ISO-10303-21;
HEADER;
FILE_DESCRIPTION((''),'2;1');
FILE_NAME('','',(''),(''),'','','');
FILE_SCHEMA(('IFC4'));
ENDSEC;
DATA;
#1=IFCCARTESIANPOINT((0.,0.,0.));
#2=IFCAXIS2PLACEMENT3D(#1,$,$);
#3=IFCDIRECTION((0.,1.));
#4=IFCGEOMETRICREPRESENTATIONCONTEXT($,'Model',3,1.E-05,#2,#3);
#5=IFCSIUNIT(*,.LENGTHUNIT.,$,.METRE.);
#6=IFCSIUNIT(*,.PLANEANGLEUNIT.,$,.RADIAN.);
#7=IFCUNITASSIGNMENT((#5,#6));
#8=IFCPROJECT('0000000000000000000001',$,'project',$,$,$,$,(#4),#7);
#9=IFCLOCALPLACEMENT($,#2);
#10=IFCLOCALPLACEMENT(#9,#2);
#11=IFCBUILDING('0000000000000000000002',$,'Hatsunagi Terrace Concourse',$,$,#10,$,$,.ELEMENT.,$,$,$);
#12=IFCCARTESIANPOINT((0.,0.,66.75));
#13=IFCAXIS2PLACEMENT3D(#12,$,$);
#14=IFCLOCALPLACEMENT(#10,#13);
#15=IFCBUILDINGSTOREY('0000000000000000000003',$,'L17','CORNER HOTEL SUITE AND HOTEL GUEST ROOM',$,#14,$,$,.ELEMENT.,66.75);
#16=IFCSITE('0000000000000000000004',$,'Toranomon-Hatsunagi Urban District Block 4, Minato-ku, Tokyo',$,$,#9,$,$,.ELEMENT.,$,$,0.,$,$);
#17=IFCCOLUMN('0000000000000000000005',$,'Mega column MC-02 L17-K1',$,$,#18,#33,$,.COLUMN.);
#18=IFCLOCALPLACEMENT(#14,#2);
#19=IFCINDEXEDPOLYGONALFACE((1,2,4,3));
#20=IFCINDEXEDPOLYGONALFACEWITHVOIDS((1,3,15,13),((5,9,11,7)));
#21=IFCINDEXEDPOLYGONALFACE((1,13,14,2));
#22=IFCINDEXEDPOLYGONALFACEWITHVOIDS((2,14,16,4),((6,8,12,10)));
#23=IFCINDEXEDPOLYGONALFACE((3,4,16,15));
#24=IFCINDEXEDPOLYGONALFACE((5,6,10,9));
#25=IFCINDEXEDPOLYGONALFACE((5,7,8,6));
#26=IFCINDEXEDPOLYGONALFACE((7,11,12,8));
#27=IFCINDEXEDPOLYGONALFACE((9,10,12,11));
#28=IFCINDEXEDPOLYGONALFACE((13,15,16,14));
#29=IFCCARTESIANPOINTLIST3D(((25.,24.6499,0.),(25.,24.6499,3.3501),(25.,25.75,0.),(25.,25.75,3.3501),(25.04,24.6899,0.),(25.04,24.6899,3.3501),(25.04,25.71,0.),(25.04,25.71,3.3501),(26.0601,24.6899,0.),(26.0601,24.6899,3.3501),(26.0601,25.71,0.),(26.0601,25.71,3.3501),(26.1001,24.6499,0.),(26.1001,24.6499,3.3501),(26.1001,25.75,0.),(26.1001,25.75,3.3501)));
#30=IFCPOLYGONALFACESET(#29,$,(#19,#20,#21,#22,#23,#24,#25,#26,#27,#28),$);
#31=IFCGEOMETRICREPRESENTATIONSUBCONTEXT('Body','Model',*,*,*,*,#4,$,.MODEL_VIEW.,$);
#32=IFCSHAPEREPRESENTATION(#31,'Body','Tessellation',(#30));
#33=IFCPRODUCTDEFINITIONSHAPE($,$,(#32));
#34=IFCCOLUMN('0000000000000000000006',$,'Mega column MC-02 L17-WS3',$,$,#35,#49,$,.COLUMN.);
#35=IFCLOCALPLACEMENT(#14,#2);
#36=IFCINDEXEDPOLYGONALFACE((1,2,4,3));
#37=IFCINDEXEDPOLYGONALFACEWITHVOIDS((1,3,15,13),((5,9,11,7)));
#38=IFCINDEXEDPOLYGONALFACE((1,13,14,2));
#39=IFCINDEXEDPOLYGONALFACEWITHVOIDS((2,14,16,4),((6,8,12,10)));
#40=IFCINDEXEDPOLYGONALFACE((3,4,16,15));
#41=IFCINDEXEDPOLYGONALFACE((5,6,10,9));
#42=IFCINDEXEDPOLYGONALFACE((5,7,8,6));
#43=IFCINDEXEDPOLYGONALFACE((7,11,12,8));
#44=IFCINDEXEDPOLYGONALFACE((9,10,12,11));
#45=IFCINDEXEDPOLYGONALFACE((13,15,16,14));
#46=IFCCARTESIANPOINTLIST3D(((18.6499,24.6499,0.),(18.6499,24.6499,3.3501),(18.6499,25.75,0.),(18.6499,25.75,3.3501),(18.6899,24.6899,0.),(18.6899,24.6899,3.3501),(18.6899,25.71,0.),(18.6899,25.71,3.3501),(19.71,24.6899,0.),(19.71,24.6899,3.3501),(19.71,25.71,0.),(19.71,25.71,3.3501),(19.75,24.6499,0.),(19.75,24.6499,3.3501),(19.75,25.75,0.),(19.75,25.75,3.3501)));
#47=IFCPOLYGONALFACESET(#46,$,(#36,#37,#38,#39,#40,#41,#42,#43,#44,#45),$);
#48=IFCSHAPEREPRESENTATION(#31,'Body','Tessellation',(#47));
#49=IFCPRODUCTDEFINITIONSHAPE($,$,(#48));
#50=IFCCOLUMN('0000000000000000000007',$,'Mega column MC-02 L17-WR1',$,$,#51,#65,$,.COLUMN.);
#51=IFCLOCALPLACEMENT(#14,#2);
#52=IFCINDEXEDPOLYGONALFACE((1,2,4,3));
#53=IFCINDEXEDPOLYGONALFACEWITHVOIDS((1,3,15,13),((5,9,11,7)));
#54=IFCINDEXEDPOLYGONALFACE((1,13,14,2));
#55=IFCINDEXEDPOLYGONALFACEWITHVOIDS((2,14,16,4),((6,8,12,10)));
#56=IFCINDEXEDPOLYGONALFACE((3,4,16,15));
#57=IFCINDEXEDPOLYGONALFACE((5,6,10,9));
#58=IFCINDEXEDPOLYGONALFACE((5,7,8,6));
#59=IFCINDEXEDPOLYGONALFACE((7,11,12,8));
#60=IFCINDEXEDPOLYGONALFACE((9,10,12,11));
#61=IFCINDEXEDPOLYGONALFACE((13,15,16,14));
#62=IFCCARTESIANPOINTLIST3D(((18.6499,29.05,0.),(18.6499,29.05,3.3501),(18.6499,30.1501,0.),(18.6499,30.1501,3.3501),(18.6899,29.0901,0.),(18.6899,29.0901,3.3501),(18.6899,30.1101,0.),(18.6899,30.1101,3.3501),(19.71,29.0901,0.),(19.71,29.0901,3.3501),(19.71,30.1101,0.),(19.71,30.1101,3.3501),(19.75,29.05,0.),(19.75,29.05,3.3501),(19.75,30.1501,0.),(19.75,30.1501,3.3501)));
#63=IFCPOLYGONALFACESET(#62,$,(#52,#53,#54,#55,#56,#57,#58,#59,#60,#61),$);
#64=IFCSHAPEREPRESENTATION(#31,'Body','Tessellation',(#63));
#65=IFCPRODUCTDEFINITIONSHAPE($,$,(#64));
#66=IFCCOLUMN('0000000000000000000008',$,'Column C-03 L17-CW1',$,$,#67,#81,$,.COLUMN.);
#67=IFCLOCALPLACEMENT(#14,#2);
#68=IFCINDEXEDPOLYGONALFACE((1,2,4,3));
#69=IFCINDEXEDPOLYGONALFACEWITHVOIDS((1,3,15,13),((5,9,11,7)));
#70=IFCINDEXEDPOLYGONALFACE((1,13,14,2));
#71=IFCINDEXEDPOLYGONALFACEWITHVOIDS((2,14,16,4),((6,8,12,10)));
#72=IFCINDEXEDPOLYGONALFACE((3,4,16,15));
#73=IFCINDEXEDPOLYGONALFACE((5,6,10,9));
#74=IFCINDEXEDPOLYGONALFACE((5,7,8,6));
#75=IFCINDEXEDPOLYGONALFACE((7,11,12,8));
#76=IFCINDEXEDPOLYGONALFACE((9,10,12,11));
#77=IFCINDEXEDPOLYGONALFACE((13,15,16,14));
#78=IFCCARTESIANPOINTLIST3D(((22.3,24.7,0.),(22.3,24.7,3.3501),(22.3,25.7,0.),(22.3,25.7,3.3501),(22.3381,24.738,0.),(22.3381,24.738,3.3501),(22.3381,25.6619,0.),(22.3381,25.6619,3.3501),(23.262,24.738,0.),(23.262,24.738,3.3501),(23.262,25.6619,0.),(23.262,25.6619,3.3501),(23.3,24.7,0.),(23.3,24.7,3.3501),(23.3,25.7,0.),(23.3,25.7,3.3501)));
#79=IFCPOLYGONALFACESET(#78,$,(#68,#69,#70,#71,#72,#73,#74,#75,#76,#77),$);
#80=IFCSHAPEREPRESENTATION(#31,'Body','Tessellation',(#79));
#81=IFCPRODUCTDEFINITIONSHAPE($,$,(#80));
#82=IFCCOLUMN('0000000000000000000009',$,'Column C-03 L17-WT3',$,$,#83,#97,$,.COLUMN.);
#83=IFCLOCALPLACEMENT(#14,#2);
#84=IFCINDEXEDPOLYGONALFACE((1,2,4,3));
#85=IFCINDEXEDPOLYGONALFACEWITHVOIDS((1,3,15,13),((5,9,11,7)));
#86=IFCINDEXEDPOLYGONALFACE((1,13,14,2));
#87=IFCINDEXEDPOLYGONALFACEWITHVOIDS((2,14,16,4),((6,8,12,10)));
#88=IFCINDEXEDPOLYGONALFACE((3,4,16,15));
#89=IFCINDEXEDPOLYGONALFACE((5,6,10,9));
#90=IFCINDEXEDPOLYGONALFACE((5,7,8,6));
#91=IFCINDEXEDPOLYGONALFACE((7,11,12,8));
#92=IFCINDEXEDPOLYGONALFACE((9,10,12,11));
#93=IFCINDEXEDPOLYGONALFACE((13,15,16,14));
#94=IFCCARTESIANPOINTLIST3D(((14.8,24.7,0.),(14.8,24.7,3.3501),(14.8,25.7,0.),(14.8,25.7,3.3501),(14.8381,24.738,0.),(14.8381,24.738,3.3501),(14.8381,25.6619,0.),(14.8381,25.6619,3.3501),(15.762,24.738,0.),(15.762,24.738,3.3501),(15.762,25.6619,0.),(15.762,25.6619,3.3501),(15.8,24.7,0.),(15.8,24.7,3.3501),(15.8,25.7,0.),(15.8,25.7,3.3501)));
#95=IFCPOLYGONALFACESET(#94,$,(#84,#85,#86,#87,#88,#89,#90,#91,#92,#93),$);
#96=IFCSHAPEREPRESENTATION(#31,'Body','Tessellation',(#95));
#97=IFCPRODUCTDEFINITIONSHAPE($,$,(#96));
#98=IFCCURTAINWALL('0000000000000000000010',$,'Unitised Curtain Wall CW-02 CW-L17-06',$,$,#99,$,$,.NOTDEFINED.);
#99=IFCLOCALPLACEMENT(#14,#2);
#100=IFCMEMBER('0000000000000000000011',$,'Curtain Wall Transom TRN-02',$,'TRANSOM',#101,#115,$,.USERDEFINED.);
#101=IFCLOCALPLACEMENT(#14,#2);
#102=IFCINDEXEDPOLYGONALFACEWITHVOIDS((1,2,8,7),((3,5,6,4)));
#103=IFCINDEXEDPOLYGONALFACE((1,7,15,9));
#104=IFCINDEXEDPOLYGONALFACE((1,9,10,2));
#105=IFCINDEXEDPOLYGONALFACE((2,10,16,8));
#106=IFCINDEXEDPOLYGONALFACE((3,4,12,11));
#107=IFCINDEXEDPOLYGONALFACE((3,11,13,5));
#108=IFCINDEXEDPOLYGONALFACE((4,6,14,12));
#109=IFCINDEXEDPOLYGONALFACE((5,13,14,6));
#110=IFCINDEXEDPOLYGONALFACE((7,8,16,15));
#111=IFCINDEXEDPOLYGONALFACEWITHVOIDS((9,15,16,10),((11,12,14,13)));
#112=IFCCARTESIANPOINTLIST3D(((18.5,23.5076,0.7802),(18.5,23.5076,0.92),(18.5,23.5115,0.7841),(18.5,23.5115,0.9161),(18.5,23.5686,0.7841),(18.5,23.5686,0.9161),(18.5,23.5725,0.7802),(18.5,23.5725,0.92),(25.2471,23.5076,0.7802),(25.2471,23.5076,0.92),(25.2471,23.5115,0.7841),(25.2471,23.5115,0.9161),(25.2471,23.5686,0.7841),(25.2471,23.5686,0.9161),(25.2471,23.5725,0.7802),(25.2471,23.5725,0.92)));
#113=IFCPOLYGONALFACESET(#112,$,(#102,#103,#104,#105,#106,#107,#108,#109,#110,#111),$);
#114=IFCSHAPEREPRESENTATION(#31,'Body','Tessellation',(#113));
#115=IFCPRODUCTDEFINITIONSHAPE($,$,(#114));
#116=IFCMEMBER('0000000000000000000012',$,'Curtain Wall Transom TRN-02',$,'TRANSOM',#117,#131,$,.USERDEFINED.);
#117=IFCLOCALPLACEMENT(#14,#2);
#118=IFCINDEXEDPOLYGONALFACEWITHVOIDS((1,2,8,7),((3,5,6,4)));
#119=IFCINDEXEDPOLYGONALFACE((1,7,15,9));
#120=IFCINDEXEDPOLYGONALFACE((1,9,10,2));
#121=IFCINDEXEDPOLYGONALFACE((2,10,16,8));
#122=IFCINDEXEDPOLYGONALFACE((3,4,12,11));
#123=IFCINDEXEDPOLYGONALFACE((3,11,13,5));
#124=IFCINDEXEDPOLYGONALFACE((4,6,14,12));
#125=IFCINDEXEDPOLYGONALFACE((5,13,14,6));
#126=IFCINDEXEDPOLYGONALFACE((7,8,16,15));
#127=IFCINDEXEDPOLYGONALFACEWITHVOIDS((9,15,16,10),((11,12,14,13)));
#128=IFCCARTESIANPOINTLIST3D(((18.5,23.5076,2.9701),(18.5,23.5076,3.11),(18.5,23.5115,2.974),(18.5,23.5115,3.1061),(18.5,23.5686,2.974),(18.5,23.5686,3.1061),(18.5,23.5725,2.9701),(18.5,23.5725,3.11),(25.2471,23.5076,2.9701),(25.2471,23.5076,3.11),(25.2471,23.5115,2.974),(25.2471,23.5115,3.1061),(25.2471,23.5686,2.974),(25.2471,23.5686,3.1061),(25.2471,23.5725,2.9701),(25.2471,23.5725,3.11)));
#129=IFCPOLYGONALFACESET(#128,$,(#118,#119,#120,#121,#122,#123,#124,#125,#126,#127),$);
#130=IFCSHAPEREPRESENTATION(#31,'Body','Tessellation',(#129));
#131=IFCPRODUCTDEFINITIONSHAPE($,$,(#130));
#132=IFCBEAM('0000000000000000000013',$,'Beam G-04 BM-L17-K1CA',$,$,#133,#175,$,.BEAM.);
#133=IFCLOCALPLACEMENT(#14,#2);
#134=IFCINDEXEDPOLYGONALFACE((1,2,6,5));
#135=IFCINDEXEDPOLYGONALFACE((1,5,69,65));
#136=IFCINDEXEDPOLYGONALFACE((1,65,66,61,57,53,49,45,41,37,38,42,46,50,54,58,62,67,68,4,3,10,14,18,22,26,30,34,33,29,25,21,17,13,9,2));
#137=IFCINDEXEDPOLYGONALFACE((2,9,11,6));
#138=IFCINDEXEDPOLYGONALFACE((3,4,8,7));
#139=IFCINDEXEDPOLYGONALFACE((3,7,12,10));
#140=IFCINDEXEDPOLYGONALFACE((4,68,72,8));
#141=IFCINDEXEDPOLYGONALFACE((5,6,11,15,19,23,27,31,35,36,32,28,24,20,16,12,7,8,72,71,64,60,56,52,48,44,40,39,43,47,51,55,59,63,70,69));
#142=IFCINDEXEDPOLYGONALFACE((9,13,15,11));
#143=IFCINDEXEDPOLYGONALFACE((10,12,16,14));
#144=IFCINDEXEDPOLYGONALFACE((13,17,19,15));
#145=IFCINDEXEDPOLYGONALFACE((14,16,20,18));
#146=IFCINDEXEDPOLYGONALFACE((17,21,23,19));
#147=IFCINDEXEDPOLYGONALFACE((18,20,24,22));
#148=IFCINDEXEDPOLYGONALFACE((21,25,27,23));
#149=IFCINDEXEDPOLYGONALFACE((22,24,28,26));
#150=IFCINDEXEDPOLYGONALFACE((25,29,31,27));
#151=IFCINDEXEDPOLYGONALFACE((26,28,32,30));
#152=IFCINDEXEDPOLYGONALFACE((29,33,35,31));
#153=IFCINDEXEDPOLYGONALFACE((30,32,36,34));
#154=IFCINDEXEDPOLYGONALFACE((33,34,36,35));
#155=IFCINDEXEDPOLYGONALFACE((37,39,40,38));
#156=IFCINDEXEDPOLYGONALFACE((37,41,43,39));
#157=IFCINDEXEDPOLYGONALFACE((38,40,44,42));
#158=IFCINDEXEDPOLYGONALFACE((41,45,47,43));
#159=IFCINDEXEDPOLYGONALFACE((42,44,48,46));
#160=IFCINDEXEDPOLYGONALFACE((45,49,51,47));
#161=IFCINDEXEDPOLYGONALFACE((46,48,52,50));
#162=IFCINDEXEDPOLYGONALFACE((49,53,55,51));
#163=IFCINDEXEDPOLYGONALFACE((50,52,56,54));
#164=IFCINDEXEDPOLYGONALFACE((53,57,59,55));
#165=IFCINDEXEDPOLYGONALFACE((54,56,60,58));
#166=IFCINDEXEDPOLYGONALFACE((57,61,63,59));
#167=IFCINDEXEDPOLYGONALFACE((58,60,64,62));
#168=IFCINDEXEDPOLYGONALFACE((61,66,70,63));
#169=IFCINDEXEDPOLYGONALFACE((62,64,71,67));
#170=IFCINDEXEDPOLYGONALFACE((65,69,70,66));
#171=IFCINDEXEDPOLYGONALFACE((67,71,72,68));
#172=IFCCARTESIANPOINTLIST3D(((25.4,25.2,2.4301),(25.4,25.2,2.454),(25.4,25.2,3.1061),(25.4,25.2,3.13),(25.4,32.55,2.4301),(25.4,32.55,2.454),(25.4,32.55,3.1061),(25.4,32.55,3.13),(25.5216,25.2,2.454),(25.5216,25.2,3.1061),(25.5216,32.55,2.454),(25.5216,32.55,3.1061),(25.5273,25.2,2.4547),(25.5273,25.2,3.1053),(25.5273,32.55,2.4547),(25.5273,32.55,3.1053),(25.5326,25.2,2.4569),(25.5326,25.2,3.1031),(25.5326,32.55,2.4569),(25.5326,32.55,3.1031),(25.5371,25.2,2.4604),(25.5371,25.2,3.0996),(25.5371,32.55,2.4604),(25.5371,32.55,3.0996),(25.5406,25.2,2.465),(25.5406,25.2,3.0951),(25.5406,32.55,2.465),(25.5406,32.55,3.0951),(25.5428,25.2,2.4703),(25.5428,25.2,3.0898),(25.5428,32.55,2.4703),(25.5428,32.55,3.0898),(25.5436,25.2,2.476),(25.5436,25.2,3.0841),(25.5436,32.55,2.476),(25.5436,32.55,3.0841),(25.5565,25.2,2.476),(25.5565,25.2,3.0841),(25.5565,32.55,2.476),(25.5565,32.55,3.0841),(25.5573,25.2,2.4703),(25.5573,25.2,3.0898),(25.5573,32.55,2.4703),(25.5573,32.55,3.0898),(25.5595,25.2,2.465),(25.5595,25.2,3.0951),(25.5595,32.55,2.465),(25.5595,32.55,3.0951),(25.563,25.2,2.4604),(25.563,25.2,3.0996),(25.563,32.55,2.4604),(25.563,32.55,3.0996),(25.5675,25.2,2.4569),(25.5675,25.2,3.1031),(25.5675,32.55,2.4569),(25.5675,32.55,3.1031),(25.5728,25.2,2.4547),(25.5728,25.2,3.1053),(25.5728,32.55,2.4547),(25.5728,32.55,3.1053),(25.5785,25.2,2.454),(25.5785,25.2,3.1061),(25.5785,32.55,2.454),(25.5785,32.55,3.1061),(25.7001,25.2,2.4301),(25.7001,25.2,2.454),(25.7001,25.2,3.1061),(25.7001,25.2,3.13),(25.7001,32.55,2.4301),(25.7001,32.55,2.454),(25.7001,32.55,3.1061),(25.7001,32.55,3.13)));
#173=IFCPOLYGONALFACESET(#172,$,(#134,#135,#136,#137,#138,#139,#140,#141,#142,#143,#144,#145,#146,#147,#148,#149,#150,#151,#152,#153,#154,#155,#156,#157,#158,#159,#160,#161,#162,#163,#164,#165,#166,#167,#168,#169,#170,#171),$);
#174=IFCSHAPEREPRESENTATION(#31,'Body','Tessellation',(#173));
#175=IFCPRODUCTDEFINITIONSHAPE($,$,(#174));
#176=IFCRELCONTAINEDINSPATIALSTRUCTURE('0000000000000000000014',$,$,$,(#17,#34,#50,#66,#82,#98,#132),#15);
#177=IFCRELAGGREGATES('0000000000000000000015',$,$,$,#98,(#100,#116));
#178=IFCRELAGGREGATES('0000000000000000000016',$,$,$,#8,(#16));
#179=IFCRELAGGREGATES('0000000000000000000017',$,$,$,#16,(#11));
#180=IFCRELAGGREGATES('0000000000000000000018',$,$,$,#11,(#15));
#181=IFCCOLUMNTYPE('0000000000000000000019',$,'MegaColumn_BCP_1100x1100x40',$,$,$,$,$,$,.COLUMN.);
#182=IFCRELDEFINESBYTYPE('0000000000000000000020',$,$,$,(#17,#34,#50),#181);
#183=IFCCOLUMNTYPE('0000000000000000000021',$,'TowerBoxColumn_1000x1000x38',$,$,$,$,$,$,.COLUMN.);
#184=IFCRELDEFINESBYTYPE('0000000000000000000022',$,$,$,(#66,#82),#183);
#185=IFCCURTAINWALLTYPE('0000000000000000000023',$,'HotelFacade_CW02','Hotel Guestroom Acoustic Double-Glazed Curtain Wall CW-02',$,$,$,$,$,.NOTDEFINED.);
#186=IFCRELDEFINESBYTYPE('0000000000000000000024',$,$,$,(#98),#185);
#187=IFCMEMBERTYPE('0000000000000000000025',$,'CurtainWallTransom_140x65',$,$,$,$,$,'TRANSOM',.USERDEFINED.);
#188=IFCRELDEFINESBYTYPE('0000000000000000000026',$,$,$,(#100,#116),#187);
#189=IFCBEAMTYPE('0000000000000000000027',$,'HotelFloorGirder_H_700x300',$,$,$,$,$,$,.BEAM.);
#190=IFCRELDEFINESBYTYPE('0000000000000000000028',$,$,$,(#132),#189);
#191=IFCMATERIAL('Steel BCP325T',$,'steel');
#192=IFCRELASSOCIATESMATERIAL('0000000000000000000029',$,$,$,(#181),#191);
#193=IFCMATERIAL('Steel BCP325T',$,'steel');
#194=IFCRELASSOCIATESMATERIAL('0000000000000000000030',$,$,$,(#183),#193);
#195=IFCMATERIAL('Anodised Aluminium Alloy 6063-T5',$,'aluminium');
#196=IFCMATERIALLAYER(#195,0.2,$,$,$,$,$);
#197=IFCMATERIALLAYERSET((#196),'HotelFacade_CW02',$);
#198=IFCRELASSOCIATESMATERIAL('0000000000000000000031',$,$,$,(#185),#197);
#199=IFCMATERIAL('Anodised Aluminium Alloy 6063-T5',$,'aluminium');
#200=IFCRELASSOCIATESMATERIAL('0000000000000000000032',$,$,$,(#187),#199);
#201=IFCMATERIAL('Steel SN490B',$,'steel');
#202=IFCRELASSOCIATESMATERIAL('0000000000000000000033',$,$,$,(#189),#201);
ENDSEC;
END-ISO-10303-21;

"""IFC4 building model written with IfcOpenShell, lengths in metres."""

from ifc_helpers import new_model, si_unit, direction, frame, origin, origin_2d, place, context, subcontext, project, spatial, hollow_rectangle, i_section, extrude, material, layer, layer_set, material_profile, profile_set, type_object, element, aggregate, save


model = new_model("IFC4")

# Units and contexts
model_context = context("Model", 3, precision=1e-05, world=origin(), true_north=direction((0.0, 1.0)))
body_context = subcontext(model_context, "Body", "Model", "MODEL_VIEW")
ifc_project = project(units=[si_unit("LENGTHUNIT", "METRE"), si_unit("PLANEANGLEUNIT", "RADIAN")], contexts=[model_context])

# Site, building, storey
site_placement = place(None, origin())
site = spatial("IfcSite", under=ifc_project, at=site_placement, Name="Toranomon-Hatsunagi Urban District Block 4, Minato-ku, Tokyo", CompositionType="ELEMENT", RefElevation=0.0)
building_placement = place(site_placement, origin())
building = spatial("IfcBuilding", under=site, at=building_placement, Name="Hatsunagi Terrace Concourse", CompositionType="ELEMENT")
storey_placement = place(building_placement, frame((0.0, 0.0, 66.75)))
storey = spatial("IfcBuildingStorey", under=building, at=storey_placement, Name="L17", Description="CORNER HOTEL SUITE AND HOTEL GUEST ROOM", CompositionType="ELEMENT", Elevation=66.75)

# Columns
ifc_material_1 = material(Name="Steel BCP325T", Category="steel")
ifc_material_profile_1 = material_profile(ifc_material_1, hollow_rectangle(XDim=1.1001, YDim=1.1001, WallThickness=0.04, at=origin_2d()), Name="BCP-1100x1100x40")
ifc_profile_set_1 = profile_set([ifc_material_profile_1], Name="Steel BCP325T")
column_type_1 = type_object("IfcColumnType", Name="MegaColumn_BCP_1100x1100x40", PredefinedType="COLUMN", material=ifc_profile_set_1)
for number, where, z_axis, x_axis, name in (
    (1, (25.55, 25.2, 0.0), (0.0, 0.0, 1.0), (1.0, 0.0, 0.0), "Mega column MC-02 L17-K1"),
    (2, (19.2, 25.2, 0.0), (0.0, 0.0, 1.0), (1.0, 0.0, 0.0), "Mega column MC-02 L17-WS3"),
    (3, (19.2, 29.6001, 0.0), (0.0, 0.0, 1.0), (1.0, 0.0, 0.0), "Mega column MC-02 L17-WR1"),
):
    element("IfcColumn", number, at=place(storey_placement, frame(where, z_axis=z_axis, x_axis=x_axis)), inside=storey, type_object=column_type_1, Name=name, PredefinedType="COLUMN", context=body_context, shape_type="SweptSolid", body=[
        extrude(hollow_rectangle(XDim=1.1001, YDim=1.1001, WallThickness=0.04, at=origin_2d()), origin(), (0.0, 0.0, 1.0), 3.3501),
    ])
ifc_material_2 = material(Name="Steel BCP325T", Category="steel")
ifc_material_profile_2 = material_profile(ifc_material_2, hollow_rectangle(XDim=1.0, YDim=1.0, WallThickness=0.0381, at=origin_2d()), Name="BCP-1000x1000x38")
ifc_profile_set_2 = profile_set([ifc_material_profile_2], Name="Steel BCP325T")
column_type_2 = type_object("IfcColumnType", Name="TowerBoxColumn_1000x1000x38", PredefinedType="COLUMN", material=ifc_profile_set_2)
for number, where, z_axis, x_axis, name in (
    (4, (22.8, 25.2, 0.0), (0.0, 0.0, 1.0), (1.0, 0.0, 0.0), "Column C-03 L17-CW1"),
    (5, (15.3, 25.2, 0.0), (0.0, 0.0, 1.0), (1.0, 0.0, 0.0), "Column C-03 L17-WT3"),
):
    element("IfcColumn", number, at=place(storey_placement, frame(where, z_axis=z_axis, x_axis=x_axis)), inside=storey, type_object=column_type_2, Name=name, PredefinedType="COLUMN", context=body_context, shape_type="SweptSolid", body=[
        extrude(hollow_rectangle(XDim=1.0, YDim=1.0, WallThickness=0.0381, at=origin_2d()), origin(), (0.0, 0.0, 1.0), 3.3501),
    ])

# Curtain wall, members
ifc_material_3 = material(Name="Anodised Aluminium Alloy 6063-T5", Category="aluminium")
ifc_layer_1 = layer(ifc_material_3, 0.2)
ifc_layer_set_1 = layer_set([ifc_layer_1], Name="HotelFacade_CW02")
curtain_wall_type = type_object("IfcCurtainWallType", Name="HotelFacade_CW02", Description="Hotel Guestroom Acoustic Double-Glazed Curtain Wall CW-02", PredefinedType="NOTDEFINED", material=ifc_layer_set_1)
curtain_wall_placement = place(storey_placement, origin())
curtain_wall = element("IfcCurtainWall", 6, at=curtain_wall_placement, inside=storey, type_object=curtain_wall_type, Name="Unitised Curtain Wall CW-02 CW-L17-06", PredefinedType="NOTDEFINED")
ifc_material_4 = material(Name="Anodised Aluminium Alloy 6063-T5", Category="aluminium")
ifc_material_profile_3 = material_profile(ifc_material_4, hollow_rectangle(XDim=0.0649, YDim=0.1399, WallThickness=0.0039, at=origin_2d()), Name="ALU-TRN-140x65x4")
ifc_profile_set_3 = profile_set([ifc_material_profile_3], Name="Anodised Aluminium Alloy 6063-T5")
member_type = type_object("IfcMemberType", Name="CurtainWallTransom_140x65", ElementType="TRANSOM", PredefinedType="USERDEFINED", material=ifc_profile_set_3)
member_1_placement = place(storey_placement, frame((25.2471, 23.54, 0.8501), z_axis=(-1.0, 0.0, 0.0), x_axis=(0.0, -1.0, 0.0)))
member_1 = element("IfcMember", 7, at=member_1_placement, type_object=member_type, Name="Curtain Wall Transom TRN-02", ObjectType="TRANSOM", PredefinedType="USERDEFINED", context=body_context, shape_type="SweptSolid", body=[
    extrude(hollow_rectangle(XDim=0.0649, YDim=0.1399, WallThickness=0.0039, at=origin_2d()), origin(), (0.0, 0.0, 1.0), 6.7471),
])
member_2_placement = place(storey_placement, frame((25.2471, 23.54, 3.04), z_axis=(-1.0, 0.0, 0.0), x_axis=(0.0, -1.0, 0.0)))
member_2 = element("IfcMember", 8, at=member_2_placement, type_object=member_type, Name="Curtain Wall Transom TRN-02", ObjectType="TRANSOM", PredefinedType="USERDEFINED", context=body_context, shape_type="SweptSolid", body=[
    extrude(hollow_rectangle(XDim=0.0649, YDim=0.1399, WallThickness=0.0039, at=origin_2d()), origin(), (0.0, 0.0, 1.0), 6.7471),
])
aggregate(curtain_wall, [member_1, member_2])

# Beam
ifc_material_5 = material(Name="Steel SN490B", Category="steel")
ifc_material_profile_4 = material_profile(ifc_material_5, i_section(OverallWidth=0.3, OverallDepth=0.7, WebThickness=0.0129, FlangeThickness=0.0239, FilletRadius=0.022, at=origin_2d()), Name="H-700x300x13x24")
ifc_profile_set_4 = profile_set([ifc_material_profile_4], Name="Steel SN490B")
beam_type_1 = type_object("IfcBeamType", Name="HotelFloorGirder_H_700x300", PredefinedType="BEAM", material=ifc_profile_set_4)
beam_1_placement = place(storey_placement, frame((25.55, 25.2, 2.78), z_axis=(0.0, 1.0, 0.0), x_axis=(-1.0, 0.0, 0.0)))
element("IfcBeam", 9, at=beam_1_placement, inside=storey, type_object=beam_type_1, Name="Beam G-04 BM-L17-K1CA", PredefinedType="BEAM", context=body_context, shape_type="SweptSolid", body=[
    extrude(i_section(OverallWidth=0.3, OverallDepth=0.7, WebThickness=0.0129, FlangeThickness=0.0239, FilletRadius=0.022, at=origin_2d()), origin(), (0.0, 0.0, 1.0), 7.3501),
])

save(model, "model.ifc")
